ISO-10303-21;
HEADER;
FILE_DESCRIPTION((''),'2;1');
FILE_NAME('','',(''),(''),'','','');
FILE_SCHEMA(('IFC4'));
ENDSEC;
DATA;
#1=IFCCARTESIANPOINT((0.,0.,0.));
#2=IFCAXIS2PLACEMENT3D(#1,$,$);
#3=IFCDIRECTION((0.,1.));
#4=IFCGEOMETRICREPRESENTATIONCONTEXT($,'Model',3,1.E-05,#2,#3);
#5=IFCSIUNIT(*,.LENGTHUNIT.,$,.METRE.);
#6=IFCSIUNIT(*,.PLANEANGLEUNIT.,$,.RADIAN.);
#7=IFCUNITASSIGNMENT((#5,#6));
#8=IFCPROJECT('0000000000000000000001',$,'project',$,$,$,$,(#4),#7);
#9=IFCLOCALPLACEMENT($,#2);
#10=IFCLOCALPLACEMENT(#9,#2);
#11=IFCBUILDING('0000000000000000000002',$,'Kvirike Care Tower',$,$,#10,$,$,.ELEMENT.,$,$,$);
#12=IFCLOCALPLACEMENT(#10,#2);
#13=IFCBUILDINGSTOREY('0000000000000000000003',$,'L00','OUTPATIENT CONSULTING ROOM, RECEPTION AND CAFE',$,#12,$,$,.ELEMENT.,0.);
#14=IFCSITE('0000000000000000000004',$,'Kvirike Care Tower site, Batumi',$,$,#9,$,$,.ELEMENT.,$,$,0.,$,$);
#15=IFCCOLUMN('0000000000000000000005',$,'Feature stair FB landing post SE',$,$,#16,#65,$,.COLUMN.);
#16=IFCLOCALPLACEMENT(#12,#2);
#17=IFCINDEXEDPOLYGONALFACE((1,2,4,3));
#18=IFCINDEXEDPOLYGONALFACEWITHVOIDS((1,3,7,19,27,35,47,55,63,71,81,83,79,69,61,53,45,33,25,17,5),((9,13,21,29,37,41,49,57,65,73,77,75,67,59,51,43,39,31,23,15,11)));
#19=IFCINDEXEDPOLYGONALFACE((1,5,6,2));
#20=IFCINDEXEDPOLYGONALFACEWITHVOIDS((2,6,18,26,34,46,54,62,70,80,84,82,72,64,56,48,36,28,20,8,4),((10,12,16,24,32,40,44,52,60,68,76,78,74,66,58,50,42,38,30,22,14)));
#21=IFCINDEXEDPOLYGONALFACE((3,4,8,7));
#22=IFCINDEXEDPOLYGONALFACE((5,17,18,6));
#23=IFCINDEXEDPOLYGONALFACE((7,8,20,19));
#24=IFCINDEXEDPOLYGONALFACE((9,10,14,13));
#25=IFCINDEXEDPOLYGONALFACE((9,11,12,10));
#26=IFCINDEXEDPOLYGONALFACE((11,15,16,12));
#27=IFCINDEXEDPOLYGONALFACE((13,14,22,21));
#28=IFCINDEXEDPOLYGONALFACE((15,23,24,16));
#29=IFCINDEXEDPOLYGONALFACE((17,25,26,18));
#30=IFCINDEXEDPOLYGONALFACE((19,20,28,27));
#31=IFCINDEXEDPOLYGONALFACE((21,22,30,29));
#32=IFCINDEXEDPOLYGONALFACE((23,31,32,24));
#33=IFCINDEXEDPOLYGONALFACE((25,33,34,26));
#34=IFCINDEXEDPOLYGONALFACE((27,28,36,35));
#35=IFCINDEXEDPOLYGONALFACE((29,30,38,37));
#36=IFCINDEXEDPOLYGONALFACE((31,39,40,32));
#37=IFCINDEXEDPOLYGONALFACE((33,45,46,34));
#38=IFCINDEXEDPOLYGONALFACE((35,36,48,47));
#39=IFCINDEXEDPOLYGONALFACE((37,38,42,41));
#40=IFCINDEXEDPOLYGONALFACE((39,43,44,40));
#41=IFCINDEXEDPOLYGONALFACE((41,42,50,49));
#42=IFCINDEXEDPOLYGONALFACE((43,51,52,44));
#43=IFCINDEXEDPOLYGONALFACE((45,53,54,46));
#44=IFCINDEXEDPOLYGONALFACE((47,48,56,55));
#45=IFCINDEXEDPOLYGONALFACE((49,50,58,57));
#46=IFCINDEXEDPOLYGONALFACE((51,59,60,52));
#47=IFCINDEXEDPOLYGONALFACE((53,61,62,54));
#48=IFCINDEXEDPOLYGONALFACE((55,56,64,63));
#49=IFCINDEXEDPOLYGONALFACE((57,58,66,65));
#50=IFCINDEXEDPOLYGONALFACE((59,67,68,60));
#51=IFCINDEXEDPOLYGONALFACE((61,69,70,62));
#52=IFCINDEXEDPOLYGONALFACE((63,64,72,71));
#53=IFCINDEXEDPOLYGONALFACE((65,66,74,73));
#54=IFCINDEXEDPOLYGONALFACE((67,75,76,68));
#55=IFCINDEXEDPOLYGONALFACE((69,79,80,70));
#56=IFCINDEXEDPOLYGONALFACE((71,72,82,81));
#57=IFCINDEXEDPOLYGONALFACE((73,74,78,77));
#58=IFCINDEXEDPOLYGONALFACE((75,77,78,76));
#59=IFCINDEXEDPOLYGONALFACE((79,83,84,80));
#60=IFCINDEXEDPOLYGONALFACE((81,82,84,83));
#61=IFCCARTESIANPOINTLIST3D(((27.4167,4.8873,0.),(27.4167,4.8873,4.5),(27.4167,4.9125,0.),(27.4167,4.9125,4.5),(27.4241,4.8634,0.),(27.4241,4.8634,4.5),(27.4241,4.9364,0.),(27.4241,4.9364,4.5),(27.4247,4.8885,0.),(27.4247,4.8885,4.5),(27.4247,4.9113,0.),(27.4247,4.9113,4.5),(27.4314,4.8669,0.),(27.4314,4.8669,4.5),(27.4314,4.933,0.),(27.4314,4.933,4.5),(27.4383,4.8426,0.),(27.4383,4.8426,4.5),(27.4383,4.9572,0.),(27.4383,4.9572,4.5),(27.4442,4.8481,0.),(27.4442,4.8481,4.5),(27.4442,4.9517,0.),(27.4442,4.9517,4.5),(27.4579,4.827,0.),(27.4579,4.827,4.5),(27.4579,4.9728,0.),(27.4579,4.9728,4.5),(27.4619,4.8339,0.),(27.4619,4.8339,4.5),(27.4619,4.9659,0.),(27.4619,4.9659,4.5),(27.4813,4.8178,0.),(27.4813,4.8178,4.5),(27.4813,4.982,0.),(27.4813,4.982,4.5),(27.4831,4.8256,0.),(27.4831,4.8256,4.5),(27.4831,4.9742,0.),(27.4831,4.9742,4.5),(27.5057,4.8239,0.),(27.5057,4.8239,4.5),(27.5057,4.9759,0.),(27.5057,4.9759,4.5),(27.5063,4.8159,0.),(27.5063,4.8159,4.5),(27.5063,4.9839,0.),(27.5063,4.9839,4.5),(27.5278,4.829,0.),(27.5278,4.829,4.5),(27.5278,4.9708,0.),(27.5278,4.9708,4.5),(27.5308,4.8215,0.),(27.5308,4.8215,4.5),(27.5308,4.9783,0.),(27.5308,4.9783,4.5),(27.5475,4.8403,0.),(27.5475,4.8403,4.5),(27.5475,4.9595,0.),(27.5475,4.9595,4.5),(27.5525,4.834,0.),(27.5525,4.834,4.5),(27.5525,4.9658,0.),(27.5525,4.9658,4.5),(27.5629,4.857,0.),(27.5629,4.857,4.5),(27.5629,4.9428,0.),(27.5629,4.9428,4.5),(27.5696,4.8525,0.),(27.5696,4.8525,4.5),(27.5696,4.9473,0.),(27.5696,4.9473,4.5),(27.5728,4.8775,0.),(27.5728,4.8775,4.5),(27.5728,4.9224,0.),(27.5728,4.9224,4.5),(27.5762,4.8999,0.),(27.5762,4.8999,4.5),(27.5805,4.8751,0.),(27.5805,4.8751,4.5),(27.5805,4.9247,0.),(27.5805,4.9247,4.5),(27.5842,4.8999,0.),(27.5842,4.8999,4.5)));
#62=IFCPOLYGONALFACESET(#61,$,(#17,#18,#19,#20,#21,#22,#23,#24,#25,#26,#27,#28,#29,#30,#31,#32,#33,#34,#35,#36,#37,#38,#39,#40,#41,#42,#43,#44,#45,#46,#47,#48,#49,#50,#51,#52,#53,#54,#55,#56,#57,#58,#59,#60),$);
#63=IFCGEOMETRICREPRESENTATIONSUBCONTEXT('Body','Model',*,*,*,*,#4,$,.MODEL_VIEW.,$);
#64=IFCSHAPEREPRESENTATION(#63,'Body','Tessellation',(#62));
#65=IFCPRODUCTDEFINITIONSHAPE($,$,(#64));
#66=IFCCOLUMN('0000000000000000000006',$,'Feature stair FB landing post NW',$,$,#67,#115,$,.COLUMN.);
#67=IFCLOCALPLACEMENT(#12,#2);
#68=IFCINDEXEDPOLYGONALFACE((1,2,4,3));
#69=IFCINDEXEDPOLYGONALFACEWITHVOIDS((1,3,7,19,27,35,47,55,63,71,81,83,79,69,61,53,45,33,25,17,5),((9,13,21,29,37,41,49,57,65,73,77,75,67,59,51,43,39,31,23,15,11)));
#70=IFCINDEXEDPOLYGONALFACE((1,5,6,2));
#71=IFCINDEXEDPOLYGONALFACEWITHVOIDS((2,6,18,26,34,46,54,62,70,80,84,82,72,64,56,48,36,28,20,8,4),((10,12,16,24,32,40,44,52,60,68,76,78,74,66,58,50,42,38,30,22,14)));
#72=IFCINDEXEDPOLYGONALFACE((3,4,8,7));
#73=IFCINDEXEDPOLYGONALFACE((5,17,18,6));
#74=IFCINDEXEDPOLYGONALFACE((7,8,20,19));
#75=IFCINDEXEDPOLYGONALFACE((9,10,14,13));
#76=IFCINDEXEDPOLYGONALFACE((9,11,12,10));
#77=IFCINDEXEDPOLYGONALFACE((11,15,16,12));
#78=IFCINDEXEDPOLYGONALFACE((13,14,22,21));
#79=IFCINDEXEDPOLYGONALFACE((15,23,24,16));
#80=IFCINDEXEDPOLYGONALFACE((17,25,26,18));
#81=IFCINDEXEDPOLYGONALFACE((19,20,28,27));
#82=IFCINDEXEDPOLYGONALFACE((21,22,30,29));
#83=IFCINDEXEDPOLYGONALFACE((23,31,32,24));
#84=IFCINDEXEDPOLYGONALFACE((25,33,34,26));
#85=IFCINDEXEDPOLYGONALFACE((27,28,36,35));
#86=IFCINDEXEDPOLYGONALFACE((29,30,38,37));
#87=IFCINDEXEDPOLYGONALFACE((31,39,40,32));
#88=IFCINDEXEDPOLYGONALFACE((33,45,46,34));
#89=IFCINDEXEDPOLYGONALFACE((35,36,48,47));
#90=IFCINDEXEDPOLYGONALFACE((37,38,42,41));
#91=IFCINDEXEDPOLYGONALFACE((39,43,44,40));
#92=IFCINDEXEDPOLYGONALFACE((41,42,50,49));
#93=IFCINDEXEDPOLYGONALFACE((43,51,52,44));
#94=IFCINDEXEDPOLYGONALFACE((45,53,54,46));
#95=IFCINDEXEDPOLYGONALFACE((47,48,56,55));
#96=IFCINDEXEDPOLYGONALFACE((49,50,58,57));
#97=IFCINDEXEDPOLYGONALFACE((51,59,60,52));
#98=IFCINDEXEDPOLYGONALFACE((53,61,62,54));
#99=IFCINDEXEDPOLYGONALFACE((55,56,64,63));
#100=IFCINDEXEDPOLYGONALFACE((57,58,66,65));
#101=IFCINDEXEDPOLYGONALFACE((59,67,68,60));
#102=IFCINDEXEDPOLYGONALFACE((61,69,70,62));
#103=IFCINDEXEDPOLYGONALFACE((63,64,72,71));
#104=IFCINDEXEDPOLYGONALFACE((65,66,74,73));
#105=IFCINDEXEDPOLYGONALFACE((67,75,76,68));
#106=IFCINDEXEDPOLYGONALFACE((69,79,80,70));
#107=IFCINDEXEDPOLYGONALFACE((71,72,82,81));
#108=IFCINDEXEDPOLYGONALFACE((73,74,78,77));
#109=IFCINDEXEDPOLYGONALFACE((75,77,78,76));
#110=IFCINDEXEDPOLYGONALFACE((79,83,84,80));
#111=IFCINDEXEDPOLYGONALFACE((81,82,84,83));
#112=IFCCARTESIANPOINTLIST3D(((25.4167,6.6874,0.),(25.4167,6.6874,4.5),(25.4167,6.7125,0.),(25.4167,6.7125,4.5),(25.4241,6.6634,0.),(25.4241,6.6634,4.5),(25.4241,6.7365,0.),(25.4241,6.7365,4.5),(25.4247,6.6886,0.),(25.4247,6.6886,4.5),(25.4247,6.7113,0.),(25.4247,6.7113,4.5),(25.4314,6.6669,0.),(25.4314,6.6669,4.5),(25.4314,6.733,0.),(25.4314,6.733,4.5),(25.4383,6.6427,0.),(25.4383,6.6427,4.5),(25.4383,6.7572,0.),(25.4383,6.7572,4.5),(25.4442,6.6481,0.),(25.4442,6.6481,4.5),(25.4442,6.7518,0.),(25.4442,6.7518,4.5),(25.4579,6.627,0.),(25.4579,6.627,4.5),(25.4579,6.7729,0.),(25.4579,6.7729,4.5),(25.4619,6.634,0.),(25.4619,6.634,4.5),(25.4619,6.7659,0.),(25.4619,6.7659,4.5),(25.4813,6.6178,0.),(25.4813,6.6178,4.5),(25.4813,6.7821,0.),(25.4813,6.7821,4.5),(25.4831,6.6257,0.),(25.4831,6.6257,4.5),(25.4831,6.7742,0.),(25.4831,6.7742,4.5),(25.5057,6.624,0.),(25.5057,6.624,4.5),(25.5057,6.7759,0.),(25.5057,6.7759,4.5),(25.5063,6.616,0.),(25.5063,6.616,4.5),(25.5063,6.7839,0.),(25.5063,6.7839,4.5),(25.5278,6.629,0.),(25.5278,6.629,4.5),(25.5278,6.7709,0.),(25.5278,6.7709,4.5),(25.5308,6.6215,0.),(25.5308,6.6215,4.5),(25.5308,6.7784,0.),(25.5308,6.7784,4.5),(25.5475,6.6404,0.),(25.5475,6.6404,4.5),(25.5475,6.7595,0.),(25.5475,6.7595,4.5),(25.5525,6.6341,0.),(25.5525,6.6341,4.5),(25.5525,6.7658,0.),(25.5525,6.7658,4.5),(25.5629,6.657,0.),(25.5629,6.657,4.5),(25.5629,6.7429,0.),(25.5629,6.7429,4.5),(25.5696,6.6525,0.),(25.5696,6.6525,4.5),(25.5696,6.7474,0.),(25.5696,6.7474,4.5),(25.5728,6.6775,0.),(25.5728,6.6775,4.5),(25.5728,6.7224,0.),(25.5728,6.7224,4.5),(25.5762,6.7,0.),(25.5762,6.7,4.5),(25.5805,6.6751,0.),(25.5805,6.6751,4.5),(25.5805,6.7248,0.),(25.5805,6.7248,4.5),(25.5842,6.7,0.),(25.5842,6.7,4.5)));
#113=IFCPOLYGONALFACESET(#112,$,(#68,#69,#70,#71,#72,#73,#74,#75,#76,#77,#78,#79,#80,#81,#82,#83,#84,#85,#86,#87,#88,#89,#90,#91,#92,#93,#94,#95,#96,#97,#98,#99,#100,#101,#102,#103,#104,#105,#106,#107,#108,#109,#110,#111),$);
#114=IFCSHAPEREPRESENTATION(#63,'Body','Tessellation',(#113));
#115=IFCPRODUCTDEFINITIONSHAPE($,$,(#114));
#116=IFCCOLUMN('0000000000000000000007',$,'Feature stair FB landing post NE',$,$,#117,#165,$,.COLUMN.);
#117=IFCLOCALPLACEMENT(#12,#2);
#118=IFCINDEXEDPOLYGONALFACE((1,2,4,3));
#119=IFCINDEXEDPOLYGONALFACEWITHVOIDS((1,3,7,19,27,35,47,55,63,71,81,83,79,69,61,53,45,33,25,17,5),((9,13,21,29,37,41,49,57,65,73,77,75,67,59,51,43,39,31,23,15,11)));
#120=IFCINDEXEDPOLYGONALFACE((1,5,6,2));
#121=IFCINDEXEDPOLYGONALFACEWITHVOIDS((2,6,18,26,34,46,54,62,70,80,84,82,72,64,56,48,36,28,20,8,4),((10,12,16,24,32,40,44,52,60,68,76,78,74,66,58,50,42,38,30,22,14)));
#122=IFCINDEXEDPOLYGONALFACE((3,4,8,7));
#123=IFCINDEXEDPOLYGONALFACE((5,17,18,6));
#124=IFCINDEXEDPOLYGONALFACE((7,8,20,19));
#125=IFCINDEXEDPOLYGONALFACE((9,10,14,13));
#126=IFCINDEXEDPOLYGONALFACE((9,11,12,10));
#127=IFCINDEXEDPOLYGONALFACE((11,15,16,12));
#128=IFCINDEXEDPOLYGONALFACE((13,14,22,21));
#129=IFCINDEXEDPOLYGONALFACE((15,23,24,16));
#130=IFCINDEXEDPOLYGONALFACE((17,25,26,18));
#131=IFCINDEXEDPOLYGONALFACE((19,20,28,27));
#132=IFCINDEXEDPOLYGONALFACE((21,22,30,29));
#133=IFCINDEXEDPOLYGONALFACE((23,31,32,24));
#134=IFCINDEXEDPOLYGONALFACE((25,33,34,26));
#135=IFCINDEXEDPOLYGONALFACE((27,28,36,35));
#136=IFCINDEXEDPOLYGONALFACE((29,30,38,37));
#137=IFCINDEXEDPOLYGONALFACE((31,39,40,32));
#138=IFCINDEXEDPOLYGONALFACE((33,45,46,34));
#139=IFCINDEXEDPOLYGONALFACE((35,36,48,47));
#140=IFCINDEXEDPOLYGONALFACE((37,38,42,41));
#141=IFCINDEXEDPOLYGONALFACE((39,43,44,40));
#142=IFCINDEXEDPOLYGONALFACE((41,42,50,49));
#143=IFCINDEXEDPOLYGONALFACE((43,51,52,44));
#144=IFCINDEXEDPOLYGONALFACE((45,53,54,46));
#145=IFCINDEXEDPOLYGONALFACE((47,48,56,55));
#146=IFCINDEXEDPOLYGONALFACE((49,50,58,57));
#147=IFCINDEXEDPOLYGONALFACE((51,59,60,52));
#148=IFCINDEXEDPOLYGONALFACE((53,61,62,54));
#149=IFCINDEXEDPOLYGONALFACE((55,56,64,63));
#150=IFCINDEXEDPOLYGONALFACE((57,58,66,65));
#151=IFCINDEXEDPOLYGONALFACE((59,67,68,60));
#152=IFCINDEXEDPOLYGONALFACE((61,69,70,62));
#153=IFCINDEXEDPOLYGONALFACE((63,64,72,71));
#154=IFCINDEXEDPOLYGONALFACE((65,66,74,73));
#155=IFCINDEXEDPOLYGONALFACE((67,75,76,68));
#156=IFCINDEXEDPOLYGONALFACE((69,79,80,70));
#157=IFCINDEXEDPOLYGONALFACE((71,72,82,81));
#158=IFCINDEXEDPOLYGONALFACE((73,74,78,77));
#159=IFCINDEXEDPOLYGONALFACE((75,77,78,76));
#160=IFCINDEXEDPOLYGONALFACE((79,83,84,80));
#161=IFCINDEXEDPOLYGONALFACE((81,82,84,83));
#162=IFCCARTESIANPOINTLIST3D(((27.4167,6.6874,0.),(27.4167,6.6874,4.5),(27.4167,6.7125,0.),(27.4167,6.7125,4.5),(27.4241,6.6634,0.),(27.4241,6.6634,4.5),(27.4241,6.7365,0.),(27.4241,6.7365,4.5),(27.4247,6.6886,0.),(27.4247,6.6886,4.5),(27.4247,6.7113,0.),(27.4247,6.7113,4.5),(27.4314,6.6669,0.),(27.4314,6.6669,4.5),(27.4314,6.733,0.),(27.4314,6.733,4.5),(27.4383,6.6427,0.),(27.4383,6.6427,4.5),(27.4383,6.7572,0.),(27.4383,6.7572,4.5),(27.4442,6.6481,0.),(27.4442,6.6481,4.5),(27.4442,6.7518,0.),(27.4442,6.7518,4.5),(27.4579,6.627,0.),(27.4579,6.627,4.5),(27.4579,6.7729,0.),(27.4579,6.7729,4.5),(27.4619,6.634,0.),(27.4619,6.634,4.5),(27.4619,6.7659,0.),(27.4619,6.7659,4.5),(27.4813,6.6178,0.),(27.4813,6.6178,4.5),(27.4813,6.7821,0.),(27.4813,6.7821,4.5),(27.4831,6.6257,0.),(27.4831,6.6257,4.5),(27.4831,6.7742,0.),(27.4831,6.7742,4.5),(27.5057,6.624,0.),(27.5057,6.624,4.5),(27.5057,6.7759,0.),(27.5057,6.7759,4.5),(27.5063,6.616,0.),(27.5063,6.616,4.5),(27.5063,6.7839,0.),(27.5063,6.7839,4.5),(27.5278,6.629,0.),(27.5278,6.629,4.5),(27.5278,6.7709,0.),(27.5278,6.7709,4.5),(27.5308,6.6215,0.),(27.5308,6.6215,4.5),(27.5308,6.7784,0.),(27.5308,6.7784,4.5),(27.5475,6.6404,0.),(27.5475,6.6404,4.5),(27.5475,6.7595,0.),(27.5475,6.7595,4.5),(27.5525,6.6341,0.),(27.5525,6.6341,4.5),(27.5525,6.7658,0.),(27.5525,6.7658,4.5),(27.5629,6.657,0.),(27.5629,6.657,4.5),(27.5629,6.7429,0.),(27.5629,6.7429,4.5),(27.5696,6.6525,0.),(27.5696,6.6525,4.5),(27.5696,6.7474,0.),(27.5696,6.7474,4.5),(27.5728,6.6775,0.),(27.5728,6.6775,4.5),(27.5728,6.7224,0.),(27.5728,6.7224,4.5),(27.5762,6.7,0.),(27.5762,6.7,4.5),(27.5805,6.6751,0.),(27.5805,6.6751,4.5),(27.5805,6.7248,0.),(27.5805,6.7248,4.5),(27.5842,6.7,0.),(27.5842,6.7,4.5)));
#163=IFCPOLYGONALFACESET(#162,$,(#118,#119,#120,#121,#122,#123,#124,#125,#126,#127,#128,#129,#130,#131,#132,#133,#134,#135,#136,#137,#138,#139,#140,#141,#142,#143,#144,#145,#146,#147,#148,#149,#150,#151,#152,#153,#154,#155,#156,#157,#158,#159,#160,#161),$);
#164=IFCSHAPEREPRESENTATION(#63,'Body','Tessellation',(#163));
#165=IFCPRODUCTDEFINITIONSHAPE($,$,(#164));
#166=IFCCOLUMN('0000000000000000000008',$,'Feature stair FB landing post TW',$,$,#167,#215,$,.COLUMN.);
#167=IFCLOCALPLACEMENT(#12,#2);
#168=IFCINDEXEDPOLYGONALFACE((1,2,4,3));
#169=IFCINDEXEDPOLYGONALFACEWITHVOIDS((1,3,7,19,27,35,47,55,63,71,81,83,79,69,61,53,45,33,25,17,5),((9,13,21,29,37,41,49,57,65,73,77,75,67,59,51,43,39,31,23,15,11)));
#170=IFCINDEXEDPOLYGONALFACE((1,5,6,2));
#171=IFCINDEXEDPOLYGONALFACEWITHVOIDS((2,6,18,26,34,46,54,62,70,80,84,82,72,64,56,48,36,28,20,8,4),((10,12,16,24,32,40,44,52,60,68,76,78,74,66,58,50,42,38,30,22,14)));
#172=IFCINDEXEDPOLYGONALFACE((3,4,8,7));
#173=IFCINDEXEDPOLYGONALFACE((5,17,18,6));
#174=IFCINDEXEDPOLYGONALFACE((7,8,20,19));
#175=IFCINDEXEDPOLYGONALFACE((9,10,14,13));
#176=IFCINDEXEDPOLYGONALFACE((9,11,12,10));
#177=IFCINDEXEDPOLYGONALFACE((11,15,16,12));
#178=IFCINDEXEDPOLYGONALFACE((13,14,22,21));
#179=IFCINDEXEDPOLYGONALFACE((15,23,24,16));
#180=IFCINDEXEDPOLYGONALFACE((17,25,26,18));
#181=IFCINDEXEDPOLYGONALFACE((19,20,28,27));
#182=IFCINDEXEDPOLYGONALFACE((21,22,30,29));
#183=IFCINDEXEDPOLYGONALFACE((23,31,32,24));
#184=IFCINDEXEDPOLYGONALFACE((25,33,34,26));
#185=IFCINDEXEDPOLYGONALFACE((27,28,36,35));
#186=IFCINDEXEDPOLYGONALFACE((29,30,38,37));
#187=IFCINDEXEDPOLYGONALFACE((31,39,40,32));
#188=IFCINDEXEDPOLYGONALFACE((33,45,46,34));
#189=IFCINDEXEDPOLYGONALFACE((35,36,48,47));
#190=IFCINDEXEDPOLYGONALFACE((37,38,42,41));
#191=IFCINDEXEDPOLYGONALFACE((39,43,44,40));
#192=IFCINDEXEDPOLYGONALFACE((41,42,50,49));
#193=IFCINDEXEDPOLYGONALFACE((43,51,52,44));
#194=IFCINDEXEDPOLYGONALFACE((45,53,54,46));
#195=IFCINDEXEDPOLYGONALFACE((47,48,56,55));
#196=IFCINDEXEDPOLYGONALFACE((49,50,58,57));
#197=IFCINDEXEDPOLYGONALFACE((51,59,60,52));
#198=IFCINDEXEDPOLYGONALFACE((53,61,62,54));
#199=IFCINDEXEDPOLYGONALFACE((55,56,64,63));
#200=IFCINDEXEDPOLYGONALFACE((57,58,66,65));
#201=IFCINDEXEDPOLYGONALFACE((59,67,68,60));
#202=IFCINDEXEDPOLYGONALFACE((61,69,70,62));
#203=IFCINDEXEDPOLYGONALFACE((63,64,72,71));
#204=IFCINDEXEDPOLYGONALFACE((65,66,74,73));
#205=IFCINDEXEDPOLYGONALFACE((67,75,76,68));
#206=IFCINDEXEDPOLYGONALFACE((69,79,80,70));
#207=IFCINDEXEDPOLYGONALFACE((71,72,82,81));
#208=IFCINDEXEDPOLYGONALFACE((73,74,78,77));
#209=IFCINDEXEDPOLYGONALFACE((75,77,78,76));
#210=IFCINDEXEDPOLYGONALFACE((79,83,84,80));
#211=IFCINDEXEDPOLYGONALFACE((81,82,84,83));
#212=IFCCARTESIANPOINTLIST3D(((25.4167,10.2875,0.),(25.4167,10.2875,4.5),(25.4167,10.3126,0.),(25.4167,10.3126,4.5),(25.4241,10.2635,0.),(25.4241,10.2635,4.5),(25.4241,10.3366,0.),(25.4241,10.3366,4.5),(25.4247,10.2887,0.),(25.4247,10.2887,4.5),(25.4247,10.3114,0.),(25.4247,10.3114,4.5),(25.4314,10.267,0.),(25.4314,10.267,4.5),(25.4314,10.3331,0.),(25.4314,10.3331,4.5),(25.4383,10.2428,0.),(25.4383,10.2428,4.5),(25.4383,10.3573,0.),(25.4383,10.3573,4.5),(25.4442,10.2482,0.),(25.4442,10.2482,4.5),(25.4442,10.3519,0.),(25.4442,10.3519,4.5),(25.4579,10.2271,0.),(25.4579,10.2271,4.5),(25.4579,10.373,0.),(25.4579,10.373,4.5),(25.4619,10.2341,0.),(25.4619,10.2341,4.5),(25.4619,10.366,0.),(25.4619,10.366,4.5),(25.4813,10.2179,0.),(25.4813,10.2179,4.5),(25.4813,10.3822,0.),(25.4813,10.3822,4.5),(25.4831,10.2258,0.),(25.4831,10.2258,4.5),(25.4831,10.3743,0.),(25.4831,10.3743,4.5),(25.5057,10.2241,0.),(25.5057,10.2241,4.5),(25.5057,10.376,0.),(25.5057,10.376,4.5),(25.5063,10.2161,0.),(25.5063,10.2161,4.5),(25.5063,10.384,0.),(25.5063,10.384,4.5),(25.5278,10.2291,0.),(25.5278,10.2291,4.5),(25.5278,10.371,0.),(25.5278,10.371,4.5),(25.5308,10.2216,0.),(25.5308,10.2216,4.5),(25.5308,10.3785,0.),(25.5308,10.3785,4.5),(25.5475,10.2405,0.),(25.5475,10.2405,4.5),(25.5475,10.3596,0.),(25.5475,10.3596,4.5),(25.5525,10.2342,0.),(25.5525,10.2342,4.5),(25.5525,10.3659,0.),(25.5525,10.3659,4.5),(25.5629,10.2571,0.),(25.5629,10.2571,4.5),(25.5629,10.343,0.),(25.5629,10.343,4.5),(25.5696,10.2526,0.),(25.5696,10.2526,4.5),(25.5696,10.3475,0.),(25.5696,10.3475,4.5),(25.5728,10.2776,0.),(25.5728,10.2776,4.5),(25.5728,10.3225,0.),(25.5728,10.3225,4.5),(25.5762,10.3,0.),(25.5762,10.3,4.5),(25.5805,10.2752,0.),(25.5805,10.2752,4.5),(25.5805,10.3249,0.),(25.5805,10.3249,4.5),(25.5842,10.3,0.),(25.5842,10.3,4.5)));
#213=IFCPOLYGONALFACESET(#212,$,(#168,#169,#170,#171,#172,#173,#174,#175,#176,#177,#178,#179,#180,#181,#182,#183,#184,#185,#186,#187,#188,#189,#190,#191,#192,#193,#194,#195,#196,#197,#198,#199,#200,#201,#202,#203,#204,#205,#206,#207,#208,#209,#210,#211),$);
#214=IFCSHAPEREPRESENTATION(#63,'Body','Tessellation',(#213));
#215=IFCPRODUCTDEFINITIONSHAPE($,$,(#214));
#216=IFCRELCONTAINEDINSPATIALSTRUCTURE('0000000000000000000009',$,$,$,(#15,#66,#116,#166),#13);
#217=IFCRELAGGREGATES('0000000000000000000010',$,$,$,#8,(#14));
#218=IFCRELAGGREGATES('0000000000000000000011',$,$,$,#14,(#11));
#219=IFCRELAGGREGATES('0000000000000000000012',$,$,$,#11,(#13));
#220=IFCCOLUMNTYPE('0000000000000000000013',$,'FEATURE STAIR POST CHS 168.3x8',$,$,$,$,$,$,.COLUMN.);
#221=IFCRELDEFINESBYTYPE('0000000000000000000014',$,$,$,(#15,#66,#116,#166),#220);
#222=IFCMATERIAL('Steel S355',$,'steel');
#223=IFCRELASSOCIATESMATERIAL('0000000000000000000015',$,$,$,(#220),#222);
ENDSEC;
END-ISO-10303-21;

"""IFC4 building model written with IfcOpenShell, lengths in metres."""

from ifc_helpers import new_model, si_unit, direction, frame, origin, origin_2d, place, context, subcontext, project, spatial, hollow_circle, extrude, material, material_profile, profile_set, type_object, element, save


model = new_model("IFC4")

# Units and contexts
model_context = context("Model", 3, precision=1e-05, world=origin(), true_north=direction((0.0, 1.0)))
body_context = subcontext(model_context, "Body", "Model", "MODEL_VIEW")
ifc_project = project(units=[si_unit("LENGTHUNIT", "METRE"), si_unit("PLANEANGLEUNIT", "RADIAN")], contexts=[model_context])

# Site, building, storey
site_placement = place(None, origin())
site = spatial("IfcSite", under=ifc_project, at=site_placement, Name="Kvirike Care Tower site, Batumi", CompositionType="ELEMENT", RefElevation=0.0)
building_placement = place(site_placement, origin())
building = spatial("IfcBuilding", under=site, at=building_placement, Name="Kvirike Care Tower", CompositionType="ELEMENT")
storey_placement = place(building_placement, origin())
storey = spatial("IfcBuildingStorey", under=building, at=storey_placement, Name="L00", Description="OUTPATIENT CONSULTING ROOM, RECEPTION AND CAFE", CompositionType="ELEMENT", Elevation=0.0)

# Columns
ifc_material_1 = material(Name="Steel S355", Category="steel")
ifc_material_profile_1 = material_profile(ifc_material_1, hollow_circle(Radius=0.0842, WallThickness=0.0081, at=origin_2d()), Name="CHS 168.3x8")
ifc_profile_set_1 = profile_set([ifc_material_profile_1], Name="Steel S355")
column_type_1 = type_object("IfcColumnType", Name="FEATURE STAIR POST CHS 168.3x8", PredefinedType="COLUMN", material=ifc_profile_set_1)
for number, where, z_axis, x_axis, name in (
    (1, (27.5, 4.8999, 0.0), (0.0, 0.0, 1.0), (1.0, 0.0, 0.0), "Feature stair FB landing post SE"),
    (2, (25.5, 6.7, 0.0), (0.0, 0.0, 1.0), (1.0, 0.0, 0.0), "Feature stair FB landing post NW"),
    (3, (27.5, 6.7, 0.0), (0.0, 0.0, 1.0), (1.0, 0.0, 0.0), "Feature stair FB landing post NE"),
    (4, (25.5, 10.3, 0.0), (0.0, 0.0, 1.0), (1.0, 0.0, 0.0), "Feature stair FB landing post TW"),
):
    element("IfcColumn", number, at=place(storey_placement, frame(where, z_axis=z_axis, x_axis=x_axis)), inside=storey, type_object=column_type_1, Name=name, PredefinedType="COLUMN", context=body_context, shape_type="SweptSolid", body=[
        extrude(hollow_circle(Radius=0.0842, WallThickness=0.0081, at=origin_2d()), origin(), (0.0, 0.0, 1.0), 4.5),
    ])

save(model, "model.ifc")
